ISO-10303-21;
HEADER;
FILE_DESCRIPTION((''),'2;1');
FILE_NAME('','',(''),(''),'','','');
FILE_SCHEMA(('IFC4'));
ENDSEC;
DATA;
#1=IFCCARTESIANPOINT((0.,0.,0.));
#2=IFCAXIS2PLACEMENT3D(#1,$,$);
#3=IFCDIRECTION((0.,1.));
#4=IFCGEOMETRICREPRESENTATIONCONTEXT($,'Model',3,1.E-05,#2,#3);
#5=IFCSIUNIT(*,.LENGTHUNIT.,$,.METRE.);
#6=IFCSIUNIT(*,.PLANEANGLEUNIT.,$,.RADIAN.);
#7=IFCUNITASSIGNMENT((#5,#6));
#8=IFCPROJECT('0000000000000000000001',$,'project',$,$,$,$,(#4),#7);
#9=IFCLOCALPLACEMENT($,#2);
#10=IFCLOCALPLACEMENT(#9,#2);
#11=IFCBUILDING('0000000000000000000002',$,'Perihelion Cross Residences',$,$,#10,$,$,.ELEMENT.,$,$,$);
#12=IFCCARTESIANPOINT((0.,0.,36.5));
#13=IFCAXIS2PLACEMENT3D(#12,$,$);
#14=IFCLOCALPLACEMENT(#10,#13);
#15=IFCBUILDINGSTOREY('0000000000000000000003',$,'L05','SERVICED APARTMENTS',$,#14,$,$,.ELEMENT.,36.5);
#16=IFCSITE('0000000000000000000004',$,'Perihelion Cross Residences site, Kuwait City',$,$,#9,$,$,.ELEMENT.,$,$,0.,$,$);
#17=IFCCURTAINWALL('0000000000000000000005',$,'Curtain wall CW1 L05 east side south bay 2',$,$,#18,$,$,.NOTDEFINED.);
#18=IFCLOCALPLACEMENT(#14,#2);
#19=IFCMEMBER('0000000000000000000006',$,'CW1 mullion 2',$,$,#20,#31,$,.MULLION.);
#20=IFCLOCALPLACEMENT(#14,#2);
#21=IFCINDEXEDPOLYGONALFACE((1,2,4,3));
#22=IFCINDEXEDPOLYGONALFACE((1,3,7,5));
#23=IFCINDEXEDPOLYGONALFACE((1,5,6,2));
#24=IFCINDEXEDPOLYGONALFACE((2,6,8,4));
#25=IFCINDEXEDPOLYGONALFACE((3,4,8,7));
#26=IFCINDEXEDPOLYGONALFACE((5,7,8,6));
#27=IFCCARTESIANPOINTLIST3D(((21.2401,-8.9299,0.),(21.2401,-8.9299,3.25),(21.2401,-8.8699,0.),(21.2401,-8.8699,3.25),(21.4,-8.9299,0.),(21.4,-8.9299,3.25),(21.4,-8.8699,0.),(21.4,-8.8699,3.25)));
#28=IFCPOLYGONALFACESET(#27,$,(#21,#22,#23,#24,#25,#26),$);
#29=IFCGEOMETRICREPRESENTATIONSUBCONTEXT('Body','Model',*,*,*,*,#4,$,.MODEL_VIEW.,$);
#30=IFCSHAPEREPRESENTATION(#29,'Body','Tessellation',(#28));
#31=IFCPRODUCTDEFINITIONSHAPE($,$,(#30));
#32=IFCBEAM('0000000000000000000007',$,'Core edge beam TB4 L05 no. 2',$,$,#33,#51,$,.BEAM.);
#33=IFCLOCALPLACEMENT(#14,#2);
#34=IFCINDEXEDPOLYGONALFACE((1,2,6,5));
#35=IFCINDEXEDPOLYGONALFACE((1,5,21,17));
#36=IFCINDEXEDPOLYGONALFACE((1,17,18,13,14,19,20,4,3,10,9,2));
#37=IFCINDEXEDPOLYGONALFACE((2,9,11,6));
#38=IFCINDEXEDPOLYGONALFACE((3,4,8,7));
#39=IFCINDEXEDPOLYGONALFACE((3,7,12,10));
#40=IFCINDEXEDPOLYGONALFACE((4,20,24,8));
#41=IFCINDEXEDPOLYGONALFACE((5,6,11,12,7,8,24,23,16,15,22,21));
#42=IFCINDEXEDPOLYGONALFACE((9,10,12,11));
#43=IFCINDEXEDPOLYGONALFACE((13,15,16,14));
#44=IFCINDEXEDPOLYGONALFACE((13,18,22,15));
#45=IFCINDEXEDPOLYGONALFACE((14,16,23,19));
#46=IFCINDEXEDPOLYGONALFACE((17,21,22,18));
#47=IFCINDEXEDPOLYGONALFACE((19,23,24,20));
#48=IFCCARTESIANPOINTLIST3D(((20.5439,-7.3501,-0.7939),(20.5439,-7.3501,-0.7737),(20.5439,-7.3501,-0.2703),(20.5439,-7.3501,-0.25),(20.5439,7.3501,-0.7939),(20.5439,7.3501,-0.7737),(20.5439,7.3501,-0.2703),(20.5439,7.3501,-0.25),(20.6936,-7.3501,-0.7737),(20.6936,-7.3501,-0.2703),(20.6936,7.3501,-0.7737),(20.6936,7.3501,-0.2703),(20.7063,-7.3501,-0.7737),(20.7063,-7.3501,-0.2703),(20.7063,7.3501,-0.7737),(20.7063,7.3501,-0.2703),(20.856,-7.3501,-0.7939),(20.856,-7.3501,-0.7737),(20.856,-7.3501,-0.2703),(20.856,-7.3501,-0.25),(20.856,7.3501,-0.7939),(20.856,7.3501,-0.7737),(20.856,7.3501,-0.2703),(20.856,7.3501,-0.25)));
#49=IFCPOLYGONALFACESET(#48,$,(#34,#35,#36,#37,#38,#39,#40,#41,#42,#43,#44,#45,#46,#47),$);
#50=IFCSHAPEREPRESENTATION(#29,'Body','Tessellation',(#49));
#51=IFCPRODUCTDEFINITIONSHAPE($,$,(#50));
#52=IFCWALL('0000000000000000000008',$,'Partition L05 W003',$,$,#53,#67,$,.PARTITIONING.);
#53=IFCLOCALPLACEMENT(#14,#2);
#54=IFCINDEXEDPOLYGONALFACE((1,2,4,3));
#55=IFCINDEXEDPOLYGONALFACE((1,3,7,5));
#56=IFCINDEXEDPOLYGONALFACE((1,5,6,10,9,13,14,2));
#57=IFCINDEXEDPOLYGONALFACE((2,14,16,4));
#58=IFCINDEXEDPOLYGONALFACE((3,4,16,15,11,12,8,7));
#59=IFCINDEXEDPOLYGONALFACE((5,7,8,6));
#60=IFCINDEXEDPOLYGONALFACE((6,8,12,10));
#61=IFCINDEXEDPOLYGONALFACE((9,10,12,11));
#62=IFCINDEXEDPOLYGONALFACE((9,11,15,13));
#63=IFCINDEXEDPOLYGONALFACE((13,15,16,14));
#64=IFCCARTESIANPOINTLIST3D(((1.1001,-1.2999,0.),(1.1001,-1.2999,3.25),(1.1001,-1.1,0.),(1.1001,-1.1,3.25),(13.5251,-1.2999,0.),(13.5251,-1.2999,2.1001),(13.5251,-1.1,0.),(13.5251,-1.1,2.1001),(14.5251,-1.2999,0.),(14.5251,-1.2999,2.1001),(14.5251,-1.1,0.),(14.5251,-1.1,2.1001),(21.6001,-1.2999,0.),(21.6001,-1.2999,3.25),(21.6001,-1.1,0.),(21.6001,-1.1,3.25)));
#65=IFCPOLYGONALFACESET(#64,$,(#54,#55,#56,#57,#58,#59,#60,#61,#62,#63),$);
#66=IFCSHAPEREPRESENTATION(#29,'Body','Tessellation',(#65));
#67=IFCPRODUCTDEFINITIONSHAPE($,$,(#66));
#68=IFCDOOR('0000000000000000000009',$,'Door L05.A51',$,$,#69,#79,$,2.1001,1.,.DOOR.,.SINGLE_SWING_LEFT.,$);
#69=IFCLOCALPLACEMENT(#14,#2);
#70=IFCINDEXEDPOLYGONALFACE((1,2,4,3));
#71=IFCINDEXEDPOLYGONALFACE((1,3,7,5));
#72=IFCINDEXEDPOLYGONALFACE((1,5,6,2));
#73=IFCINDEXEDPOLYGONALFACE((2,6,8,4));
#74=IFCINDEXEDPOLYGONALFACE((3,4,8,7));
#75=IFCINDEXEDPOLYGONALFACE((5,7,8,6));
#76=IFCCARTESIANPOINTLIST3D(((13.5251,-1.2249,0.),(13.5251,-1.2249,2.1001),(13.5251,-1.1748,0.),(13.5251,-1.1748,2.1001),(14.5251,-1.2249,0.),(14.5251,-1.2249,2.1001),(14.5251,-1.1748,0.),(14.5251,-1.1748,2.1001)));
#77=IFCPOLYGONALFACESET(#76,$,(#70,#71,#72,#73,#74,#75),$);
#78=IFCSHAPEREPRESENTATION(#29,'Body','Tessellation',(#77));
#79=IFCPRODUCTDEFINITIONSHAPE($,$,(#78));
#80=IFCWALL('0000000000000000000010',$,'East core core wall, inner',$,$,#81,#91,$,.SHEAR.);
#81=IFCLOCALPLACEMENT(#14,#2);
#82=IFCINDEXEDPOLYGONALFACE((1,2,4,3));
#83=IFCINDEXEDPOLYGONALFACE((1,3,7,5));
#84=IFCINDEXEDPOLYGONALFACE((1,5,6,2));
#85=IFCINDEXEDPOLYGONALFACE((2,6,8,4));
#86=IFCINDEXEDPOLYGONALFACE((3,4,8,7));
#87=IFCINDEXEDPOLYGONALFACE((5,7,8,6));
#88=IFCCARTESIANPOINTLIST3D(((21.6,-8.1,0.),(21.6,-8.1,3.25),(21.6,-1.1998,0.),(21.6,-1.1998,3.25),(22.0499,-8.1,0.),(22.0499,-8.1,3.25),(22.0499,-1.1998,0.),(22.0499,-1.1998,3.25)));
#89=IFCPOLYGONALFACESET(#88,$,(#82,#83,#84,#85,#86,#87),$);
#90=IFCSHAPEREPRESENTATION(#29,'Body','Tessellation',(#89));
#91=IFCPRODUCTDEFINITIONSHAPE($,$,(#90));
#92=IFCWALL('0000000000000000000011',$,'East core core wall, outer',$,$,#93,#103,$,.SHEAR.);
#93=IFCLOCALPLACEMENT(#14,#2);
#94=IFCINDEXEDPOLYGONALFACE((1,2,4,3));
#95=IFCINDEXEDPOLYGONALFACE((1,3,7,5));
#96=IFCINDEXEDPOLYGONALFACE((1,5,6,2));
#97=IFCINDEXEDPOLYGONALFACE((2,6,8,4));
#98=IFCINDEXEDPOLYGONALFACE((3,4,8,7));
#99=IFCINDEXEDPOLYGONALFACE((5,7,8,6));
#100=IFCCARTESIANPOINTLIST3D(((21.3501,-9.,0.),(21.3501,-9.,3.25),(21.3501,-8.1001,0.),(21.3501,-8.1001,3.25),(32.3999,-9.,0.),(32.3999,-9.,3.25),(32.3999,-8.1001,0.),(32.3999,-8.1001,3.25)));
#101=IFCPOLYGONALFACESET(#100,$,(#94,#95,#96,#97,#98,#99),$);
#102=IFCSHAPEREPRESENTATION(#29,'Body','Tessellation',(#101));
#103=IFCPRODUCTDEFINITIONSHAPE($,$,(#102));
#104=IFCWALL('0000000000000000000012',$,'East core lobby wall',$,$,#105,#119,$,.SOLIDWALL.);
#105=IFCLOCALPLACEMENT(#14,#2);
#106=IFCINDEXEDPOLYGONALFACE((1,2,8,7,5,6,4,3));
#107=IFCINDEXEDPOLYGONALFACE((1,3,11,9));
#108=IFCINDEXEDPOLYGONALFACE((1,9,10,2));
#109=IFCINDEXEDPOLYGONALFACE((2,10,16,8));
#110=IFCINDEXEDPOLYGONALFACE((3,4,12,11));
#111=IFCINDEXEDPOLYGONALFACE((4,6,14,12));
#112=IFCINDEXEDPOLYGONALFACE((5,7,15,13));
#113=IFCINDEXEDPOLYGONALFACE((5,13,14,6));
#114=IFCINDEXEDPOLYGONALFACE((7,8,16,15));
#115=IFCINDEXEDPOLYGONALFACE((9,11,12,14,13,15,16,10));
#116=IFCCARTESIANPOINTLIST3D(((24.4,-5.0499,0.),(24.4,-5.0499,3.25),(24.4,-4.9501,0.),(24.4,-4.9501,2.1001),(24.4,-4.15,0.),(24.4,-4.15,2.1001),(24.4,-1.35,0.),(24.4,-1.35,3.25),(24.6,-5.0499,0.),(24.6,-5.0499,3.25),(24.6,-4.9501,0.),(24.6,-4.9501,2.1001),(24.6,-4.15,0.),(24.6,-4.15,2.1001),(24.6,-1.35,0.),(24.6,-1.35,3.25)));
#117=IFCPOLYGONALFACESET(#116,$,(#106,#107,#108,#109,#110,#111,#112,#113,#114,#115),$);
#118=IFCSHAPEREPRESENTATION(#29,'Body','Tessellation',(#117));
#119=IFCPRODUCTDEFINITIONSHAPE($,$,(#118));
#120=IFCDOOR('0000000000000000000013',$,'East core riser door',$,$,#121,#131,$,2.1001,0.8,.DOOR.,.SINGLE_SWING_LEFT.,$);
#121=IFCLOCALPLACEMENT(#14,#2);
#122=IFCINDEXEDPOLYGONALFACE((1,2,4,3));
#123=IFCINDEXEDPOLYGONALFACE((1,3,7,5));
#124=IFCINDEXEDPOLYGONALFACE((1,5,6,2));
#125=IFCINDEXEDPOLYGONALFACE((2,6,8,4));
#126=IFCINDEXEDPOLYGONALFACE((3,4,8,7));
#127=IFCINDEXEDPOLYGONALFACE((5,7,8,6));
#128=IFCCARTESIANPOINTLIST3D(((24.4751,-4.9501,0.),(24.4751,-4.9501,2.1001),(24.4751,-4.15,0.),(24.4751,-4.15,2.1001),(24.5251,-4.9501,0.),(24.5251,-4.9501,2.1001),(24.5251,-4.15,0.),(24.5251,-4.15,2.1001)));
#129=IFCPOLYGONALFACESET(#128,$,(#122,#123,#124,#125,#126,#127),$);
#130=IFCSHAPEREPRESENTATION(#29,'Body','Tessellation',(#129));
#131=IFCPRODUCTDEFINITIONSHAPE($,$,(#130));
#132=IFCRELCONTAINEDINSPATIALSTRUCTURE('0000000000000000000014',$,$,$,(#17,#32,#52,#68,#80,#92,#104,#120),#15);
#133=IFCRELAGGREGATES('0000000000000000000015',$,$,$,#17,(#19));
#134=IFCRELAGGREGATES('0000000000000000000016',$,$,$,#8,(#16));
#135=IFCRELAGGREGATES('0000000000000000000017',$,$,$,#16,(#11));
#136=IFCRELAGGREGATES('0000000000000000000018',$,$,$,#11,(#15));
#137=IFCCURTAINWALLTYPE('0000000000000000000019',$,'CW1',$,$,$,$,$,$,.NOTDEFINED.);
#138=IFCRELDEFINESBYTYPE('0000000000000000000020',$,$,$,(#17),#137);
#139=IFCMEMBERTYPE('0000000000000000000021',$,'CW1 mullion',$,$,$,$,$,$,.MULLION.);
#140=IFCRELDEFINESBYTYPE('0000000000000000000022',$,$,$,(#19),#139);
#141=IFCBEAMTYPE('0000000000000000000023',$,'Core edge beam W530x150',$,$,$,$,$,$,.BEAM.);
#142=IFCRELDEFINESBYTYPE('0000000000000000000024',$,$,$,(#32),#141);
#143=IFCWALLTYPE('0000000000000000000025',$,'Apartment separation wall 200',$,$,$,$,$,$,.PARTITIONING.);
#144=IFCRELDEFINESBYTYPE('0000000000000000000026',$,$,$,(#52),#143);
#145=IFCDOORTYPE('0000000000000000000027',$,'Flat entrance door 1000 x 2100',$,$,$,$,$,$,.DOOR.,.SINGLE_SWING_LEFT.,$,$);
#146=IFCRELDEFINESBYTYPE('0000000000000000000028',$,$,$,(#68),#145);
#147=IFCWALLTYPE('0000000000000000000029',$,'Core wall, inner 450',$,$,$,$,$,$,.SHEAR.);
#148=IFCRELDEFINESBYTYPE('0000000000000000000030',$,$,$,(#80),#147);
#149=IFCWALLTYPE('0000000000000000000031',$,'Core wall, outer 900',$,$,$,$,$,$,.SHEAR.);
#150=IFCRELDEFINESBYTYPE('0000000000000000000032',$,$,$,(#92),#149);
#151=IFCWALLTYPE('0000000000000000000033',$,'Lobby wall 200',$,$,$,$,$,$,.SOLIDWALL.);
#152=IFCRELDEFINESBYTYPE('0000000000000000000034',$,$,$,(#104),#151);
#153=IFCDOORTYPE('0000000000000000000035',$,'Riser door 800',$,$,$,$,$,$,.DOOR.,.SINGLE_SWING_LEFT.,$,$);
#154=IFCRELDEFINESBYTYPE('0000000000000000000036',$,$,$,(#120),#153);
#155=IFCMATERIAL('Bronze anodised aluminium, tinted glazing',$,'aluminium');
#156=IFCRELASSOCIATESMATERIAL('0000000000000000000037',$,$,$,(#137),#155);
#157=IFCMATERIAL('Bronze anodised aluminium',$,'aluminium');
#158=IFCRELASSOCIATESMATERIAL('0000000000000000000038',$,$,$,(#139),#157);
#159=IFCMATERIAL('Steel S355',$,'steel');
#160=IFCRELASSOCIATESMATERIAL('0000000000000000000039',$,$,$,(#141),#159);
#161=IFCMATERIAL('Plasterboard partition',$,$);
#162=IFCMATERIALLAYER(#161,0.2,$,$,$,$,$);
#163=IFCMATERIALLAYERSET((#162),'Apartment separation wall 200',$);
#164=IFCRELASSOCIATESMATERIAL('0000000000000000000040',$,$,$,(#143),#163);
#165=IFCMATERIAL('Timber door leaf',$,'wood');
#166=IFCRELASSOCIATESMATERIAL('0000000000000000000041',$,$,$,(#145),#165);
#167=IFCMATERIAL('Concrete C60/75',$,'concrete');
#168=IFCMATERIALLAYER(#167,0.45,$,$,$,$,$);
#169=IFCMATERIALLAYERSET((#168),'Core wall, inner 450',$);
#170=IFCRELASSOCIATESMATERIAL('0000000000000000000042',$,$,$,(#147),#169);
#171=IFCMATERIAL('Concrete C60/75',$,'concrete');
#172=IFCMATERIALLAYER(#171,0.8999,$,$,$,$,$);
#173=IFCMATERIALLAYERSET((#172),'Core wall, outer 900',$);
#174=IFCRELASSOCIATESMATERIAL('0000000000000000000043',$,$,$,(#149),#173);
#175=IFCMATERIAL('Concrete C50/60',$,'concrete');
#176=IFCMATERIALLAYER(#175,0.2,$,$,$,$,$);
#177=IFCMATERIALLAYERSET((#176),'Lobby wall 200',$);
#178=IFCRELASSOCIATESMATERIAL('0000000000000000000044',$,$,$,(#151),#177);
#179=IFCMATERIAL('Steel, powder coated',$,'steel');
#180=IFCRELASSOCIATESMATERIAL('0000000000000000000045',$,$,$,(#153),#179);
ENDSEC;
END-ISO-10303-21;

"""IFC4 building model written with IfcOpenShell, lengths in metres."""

from ifc_helpers import new_model, si_unit, direction, frame, frame_2d, origin, origin_2d, place, context, subcontext, project, spatial, rectangle, i_section, extrude, material, layer, layer_set, material_profile, profile_set, type_object, element, fill, aggregate, save


model = new_model("IFC4")

# Units and contexts
model_context = context("Model", 3, precision=1e-05, world=origin(), true_north=direction((0.0, 1.0)))
body_context = subcontext(model_context, "Body", "Model", "MODEL_VIEW")
ifc_project = project(units=[si_unit("LENGTHUNIT", "METRE"), si_unit("PLANEANGLEUNIT", "RADIAN")], contexts=[model_context])

# Site, building, storey
site_placement = place(None, origin())
site = spatial("IfcSite", under=ifc_project, at=site_placement, Name="Perihelion Cross Residences site, Kuwait City", CompositionType="ELEMENT", RefElevation=0.0)
building_placement = place(site_placement, origin())
building = spatial("IfcBuilding", under=site, at=building_placement, Name="Perihelion Cross Residences", CompositionType="ELEMENT")
storey_placement = place(building_placement, frame((0.0, 0.0, 36.5)))
storey = spatial("IfcBuildingStorey", under=building, at=storey_placement, Name="L05", Description="SERVICED APARTMENTS", CompositionType="ELEMENT", Elevation=36.5)

# Curtain wall, member
ifc_material_1 = material(Name="Bronze anodised aluminium, tinted glazing", Category="aluminium")
curtain_wall_type = type_object("IfcCurtainWallType", Name="CW1", PredefinedType="NOTDEFINED", material=ifc_material_1)
curtain_wall_placement = place(storey_placement, origin())
curtain_wall = element("IfcCurtainWall", 1, at=curtain_wall_placement, inside=storey, type_object=curtain_wall_type, Name="Curtain wall CW1 L05 east side south bay 2", PredefinedType="NOTDEFINED")
ifc_material_2 = material(Name="Bronze anodised aluminium", Category="aluminium")
ifc_material_profile_1 = material_profile(ifc_material_2, rectangle(XDim=0.0601, YDim=0.1599, at=origin_2d()), Name="CW1 mullion")
ifc_profile_set_1 = profile_set([ifc_material_profile_1], Name="Bronze anodised aluminium")
member_type = type_object("IfcMemberType", Name="CW1 mullion", PredefinedType="MULLION", material=ifc_profile_set_1)
member_placement = place(storey_placement, frame((21.3201, -8.8999, 0.0), z_axis=(0.0, 0.0, 1.0), x_axis=(0.0, 1.0, 0.0)))
member = element("IfcMember", 2, at=member_placement, type_object=member_type, Name="CW1 mullion 2", PredefinedType="MULLION", context=body_context, shape_type="SweptSolid", body=[
    extrude(rectangle(XDim=0.0601, YDim=0.1599, at=origin_2d()), origin(), (0.0, 0.0, 1.0), 3.25),
])
aggregate(curtain_wall, [member])

# Beam
ifc_material_3 = material(Name="Steel S355", Category="steel")
ifc_material_profile_2 = material_profile(ifc_material_3, i_section(OverallWidth=0.312, OverallDepth=0.5439, WebThickness=0.0127, FlangeThickness=0.0203, at=origin_2d()), Name="W530x150")
ifc_profile_set_2 = profile_set([ifc_material_profile_2], Name="Steel S355")
beam_type = type_object("IfcBeamType", Name="Core edge beam W530x150", PredefinedType="BEAM", material=ifc_profile_set_2)
beam_placement = place(storey_placement, frame((20.7, -7.3501, -0.522), z_axis=(0.0, 1.0, 0.0), x_axis=(-1.0, 0.0, 0.0)))
element("IfcBeam", 3, at=beam_placement, inside=storey, type_object=beam_type, Name="Core edge beam TB4 L05 no. 2", PredefinedType="BEAM", context=body_context, shape_type="SweptSolid", body=[
    extrude(i_section(OverallWidth=0.312, OverallDepth=0.5439, WebThickness=0.0127, FlangeThickness=0.0203, at=origin_2d()), origin(), (0.0, 0.0, 1.0), 14.7002),
])

# Wall, opening, door
ifc_material_4 = material(Name="Plasterboard partition")
ifc_layer_1 = layer(ifc_material_4, 0.2)
ifc_layer_set_1 = layer_set([ifc_layer_1], Name="Apartment separation wall 200")
wall_type_1 = type_object("IfcWallType", Name="Apartment separation wall 200", PredefinedType="PARTITIONING", material=ifc_layer_set_1)
wall_1_placement = place(storey_placement, frame((21.6001, -1.2, 0.0), z_axis=(0.0, 0.0, 1.0), x_axis=(-1.0, 0.0, 0.0)))
wall_1 = element("IfcWall", 4, at=wall_1_placement, inside=storey, type_object=wall_type_1, Name="Partition L05 W003", PredefinedType="PARTITIONING", context=body_context, shape_type="SweptSolid", body=[
    extrude(rectangle(XDim=20.5, YDim=0.2, at=frame_2d((10.25, 0.0))), origin(), (0.0, 0.0, 1.0), 3.25),
])
opening_1_placement = place(wall_1_placement, frame((7.075, 0.0, 0.0)))
opening_1 = element("IfcOpeningElement", 5, at=opening_1_placement, cuts=wall_1, PredefinedType="OPENING", context=body_context, shape_type="SweptSolid", body=[
    extrude(rectangle(XDim=1.0, YDim=2.1001, at=frame_2d((0.5, 1.05))), frame((0.0, 0.1099, 0.0), z_axis=(0.0, -1.0, 0.0), x_axis=(1.0, 0.0, 0.0)), (0.0, 0.0, 1.0), 0.22),
])
ifc_material_5 = material(Name="Timber door leaf", Category="wood")
door_type_1 = type_object("IfcDoorType", Name="Flat entrance door 1000 x 2100", OperationType="SINGLE_SWING_LEFT", PredefinedType="DOOR", material=ifc_material_5)
door_1_placement = place(opening_1_placement, origin())
door_1 = element("IfcDoor", 6, at=door_1_placement, inside=storey, type_object=door_type_1, Name="Door L05.A51", OperationType="SINGLE_SWING_LEFT", OverallHeight=2.1001, OverallWidth=1.0, PredefinedType="DOOR", context=body_context, shape_type="SweptSolid", body=[
    extrude(rectangle(XDim=1.0, YDim=2.1001, at=frame_2d((0.5, 1.05))), frame((0.0, 0.0249, 0.0), z_axis=(0.0, -1.0, 0.0), x_axis=(1.0, 0.0, 0.0)), (0.0, 0.0, 1.0), 0.05),
])
fill(opening_1, door_1)

# Walls
ifc_material_6 = material(Name="Concrete C60/75", Category="concrete")
ifc_layer_2 = layer(ifc_material_6, 0.45)
ifc_layer_set_2 = layer_set([ifc_layer_2], Name="Core wall, inner 450")
wall_type_2 = type_object("IfcWallType", Name="Core wall, inner 450", PredefinedType="SHEAR", material=ifc_layer_set_2)
wall_2_placement = place(storey_placement, frame((21.825, -8.1001, 0.0), z_axis=(0.0, 0.0, 1.0), x_axis=(0.0, 1.0, 0.0)))
element("IfcWall", 7, at=wall_2_placement, inside=storey, type_object=wall_type_2, Name="East core core wall, inner", PredefinedType="SHEAR", context=body_context, shape_type="SweptSolid", body=[
    extrude(rectangle(XDim=6.9001, YDim=0.45, at=frame_2d((3.4502, 0.0))), origin(), (0.0, 0.0, 1.0), 3.25),
])
ifc_material_7 = material(Name="Concrete C60/75", Category="concrete")
ifc_layer_3 = layer(ifc_material_7, 0.8999)
ifc_layer_set_3 = layer_set([ifc_layer_3], Name="Core wall, outer 900")
wall_type_3 = type_object("IfcWallType", Name="Core wall, outer 900", PredefinedType="SHEAR", material=ifc_layer_set_3)
wall_3_placement = place(storey_placement, frame((21.3501, -8.55, 0.0), z_axis=(0.0, 0.0, 1.0), x_axis=(1.0, 0.0, 0.0)))
element("IfcWall", 8, at=wall_3_placement, inside=storey, type_object=wall_type_3, Name="East core core wall, outer", PredefinedType="SHEAR", context=body_context, shape_type="SweptSolid", body=[
    extrude(rectangle(XDim=11.0498, YDim=0.8999, at=frame_2d((5.5249, 0.0))), origin(), (0.0, 0.0, 1.0), 3.25),
])

# Wall, opening, door
ifc_material_8 = material(Name="Concrete C50/60", Category="concrete")
ifc_layer_4 = layer(ifc_material_8, 0.2)
ifc_layer_set_4 = layer_set([ifc_layer_4], Name="Lobby wall 200")
wall_type_4 = type_object("IfcWallType", Name="Lobby wall 200", PredefinedType="SOLIDWALL", material=ifc_layer_set_4)
wall_4_placement = place(storey_placement, frame((24.5, -5.05, 0.0), z_axis=(0.0, 0.0, 1.0), x_axis=(0.0, 1.0, 0.0)))
wall_4 = element("IfcWall", 9, at=wall_4_placement, inside=storey, type_object=wall_type_4, Name="East core lobby wall", PredefinedType="SOLIDWALL", context=body_context, shape_type="SweptSolid", body=[
    extrude(rectangle(XDim=3.7, YDim=0.2, at=frame_2d((1.8501, 0.0))), origin(), (0.0, 0.0, 1.0), 3.25),
])
opening_2_placement = place(wall_4_placement, frame((0.1001, 0.0, 0.0)))
opening_2 = element("IfcOpeningElement", 10, at=opening_2_placement, cuts=wall_4, PredefinedType="OPENING", context=body_context, shape_type="SweptSolid", body=[
    extrude(rectangle(XDim=0.8, YDim=2.1001, at=frame_2d((0.3999, 1.05))), frame((0.0, 0.1099, 0.0), z_axis=(0.0, -1.0, 0.0), x_axis=(1.0, 0.0, 0.0)), (0.0, 0.0, 1.0), 0.22),
])
ifc_material_9 = material(Name="Steel, powder coated", Category="steel")
door_type_2 = type_object("IfcDoorType", Name="Riser door 800", OperationType="SINGLE_SWING_LEFT", PredefinedType="DOOR", material=ifc_material_9)
door_2_placement = place(opening_2_placement, origin())
door_2 = element("IfcDoor", 11, at=door_2_placement, inside=storey, type_object=door_type_2, Name="East core riser door", OperationType="SINGLE_SWING_LEFT", OverallHeight=2.1001, OverallWidth=0.8, PredefinedType="DOOR", context=body_context, shape_type="SweptSolid", body=[
    extrude(rectangle(XDim=0.8, YDim=2.1001, at=frame_2d((0.3999, 1.05))), frame((0.0, 0.0249, 0.0), z_axis=(0.0, -1.0, 0.0), x_axis=(1.0, 0.0, 0.0)), (0.0, 0.0, 1.0), 0.05),
])
fill(opening_2, door_2)

save(model, "model.ifc")
